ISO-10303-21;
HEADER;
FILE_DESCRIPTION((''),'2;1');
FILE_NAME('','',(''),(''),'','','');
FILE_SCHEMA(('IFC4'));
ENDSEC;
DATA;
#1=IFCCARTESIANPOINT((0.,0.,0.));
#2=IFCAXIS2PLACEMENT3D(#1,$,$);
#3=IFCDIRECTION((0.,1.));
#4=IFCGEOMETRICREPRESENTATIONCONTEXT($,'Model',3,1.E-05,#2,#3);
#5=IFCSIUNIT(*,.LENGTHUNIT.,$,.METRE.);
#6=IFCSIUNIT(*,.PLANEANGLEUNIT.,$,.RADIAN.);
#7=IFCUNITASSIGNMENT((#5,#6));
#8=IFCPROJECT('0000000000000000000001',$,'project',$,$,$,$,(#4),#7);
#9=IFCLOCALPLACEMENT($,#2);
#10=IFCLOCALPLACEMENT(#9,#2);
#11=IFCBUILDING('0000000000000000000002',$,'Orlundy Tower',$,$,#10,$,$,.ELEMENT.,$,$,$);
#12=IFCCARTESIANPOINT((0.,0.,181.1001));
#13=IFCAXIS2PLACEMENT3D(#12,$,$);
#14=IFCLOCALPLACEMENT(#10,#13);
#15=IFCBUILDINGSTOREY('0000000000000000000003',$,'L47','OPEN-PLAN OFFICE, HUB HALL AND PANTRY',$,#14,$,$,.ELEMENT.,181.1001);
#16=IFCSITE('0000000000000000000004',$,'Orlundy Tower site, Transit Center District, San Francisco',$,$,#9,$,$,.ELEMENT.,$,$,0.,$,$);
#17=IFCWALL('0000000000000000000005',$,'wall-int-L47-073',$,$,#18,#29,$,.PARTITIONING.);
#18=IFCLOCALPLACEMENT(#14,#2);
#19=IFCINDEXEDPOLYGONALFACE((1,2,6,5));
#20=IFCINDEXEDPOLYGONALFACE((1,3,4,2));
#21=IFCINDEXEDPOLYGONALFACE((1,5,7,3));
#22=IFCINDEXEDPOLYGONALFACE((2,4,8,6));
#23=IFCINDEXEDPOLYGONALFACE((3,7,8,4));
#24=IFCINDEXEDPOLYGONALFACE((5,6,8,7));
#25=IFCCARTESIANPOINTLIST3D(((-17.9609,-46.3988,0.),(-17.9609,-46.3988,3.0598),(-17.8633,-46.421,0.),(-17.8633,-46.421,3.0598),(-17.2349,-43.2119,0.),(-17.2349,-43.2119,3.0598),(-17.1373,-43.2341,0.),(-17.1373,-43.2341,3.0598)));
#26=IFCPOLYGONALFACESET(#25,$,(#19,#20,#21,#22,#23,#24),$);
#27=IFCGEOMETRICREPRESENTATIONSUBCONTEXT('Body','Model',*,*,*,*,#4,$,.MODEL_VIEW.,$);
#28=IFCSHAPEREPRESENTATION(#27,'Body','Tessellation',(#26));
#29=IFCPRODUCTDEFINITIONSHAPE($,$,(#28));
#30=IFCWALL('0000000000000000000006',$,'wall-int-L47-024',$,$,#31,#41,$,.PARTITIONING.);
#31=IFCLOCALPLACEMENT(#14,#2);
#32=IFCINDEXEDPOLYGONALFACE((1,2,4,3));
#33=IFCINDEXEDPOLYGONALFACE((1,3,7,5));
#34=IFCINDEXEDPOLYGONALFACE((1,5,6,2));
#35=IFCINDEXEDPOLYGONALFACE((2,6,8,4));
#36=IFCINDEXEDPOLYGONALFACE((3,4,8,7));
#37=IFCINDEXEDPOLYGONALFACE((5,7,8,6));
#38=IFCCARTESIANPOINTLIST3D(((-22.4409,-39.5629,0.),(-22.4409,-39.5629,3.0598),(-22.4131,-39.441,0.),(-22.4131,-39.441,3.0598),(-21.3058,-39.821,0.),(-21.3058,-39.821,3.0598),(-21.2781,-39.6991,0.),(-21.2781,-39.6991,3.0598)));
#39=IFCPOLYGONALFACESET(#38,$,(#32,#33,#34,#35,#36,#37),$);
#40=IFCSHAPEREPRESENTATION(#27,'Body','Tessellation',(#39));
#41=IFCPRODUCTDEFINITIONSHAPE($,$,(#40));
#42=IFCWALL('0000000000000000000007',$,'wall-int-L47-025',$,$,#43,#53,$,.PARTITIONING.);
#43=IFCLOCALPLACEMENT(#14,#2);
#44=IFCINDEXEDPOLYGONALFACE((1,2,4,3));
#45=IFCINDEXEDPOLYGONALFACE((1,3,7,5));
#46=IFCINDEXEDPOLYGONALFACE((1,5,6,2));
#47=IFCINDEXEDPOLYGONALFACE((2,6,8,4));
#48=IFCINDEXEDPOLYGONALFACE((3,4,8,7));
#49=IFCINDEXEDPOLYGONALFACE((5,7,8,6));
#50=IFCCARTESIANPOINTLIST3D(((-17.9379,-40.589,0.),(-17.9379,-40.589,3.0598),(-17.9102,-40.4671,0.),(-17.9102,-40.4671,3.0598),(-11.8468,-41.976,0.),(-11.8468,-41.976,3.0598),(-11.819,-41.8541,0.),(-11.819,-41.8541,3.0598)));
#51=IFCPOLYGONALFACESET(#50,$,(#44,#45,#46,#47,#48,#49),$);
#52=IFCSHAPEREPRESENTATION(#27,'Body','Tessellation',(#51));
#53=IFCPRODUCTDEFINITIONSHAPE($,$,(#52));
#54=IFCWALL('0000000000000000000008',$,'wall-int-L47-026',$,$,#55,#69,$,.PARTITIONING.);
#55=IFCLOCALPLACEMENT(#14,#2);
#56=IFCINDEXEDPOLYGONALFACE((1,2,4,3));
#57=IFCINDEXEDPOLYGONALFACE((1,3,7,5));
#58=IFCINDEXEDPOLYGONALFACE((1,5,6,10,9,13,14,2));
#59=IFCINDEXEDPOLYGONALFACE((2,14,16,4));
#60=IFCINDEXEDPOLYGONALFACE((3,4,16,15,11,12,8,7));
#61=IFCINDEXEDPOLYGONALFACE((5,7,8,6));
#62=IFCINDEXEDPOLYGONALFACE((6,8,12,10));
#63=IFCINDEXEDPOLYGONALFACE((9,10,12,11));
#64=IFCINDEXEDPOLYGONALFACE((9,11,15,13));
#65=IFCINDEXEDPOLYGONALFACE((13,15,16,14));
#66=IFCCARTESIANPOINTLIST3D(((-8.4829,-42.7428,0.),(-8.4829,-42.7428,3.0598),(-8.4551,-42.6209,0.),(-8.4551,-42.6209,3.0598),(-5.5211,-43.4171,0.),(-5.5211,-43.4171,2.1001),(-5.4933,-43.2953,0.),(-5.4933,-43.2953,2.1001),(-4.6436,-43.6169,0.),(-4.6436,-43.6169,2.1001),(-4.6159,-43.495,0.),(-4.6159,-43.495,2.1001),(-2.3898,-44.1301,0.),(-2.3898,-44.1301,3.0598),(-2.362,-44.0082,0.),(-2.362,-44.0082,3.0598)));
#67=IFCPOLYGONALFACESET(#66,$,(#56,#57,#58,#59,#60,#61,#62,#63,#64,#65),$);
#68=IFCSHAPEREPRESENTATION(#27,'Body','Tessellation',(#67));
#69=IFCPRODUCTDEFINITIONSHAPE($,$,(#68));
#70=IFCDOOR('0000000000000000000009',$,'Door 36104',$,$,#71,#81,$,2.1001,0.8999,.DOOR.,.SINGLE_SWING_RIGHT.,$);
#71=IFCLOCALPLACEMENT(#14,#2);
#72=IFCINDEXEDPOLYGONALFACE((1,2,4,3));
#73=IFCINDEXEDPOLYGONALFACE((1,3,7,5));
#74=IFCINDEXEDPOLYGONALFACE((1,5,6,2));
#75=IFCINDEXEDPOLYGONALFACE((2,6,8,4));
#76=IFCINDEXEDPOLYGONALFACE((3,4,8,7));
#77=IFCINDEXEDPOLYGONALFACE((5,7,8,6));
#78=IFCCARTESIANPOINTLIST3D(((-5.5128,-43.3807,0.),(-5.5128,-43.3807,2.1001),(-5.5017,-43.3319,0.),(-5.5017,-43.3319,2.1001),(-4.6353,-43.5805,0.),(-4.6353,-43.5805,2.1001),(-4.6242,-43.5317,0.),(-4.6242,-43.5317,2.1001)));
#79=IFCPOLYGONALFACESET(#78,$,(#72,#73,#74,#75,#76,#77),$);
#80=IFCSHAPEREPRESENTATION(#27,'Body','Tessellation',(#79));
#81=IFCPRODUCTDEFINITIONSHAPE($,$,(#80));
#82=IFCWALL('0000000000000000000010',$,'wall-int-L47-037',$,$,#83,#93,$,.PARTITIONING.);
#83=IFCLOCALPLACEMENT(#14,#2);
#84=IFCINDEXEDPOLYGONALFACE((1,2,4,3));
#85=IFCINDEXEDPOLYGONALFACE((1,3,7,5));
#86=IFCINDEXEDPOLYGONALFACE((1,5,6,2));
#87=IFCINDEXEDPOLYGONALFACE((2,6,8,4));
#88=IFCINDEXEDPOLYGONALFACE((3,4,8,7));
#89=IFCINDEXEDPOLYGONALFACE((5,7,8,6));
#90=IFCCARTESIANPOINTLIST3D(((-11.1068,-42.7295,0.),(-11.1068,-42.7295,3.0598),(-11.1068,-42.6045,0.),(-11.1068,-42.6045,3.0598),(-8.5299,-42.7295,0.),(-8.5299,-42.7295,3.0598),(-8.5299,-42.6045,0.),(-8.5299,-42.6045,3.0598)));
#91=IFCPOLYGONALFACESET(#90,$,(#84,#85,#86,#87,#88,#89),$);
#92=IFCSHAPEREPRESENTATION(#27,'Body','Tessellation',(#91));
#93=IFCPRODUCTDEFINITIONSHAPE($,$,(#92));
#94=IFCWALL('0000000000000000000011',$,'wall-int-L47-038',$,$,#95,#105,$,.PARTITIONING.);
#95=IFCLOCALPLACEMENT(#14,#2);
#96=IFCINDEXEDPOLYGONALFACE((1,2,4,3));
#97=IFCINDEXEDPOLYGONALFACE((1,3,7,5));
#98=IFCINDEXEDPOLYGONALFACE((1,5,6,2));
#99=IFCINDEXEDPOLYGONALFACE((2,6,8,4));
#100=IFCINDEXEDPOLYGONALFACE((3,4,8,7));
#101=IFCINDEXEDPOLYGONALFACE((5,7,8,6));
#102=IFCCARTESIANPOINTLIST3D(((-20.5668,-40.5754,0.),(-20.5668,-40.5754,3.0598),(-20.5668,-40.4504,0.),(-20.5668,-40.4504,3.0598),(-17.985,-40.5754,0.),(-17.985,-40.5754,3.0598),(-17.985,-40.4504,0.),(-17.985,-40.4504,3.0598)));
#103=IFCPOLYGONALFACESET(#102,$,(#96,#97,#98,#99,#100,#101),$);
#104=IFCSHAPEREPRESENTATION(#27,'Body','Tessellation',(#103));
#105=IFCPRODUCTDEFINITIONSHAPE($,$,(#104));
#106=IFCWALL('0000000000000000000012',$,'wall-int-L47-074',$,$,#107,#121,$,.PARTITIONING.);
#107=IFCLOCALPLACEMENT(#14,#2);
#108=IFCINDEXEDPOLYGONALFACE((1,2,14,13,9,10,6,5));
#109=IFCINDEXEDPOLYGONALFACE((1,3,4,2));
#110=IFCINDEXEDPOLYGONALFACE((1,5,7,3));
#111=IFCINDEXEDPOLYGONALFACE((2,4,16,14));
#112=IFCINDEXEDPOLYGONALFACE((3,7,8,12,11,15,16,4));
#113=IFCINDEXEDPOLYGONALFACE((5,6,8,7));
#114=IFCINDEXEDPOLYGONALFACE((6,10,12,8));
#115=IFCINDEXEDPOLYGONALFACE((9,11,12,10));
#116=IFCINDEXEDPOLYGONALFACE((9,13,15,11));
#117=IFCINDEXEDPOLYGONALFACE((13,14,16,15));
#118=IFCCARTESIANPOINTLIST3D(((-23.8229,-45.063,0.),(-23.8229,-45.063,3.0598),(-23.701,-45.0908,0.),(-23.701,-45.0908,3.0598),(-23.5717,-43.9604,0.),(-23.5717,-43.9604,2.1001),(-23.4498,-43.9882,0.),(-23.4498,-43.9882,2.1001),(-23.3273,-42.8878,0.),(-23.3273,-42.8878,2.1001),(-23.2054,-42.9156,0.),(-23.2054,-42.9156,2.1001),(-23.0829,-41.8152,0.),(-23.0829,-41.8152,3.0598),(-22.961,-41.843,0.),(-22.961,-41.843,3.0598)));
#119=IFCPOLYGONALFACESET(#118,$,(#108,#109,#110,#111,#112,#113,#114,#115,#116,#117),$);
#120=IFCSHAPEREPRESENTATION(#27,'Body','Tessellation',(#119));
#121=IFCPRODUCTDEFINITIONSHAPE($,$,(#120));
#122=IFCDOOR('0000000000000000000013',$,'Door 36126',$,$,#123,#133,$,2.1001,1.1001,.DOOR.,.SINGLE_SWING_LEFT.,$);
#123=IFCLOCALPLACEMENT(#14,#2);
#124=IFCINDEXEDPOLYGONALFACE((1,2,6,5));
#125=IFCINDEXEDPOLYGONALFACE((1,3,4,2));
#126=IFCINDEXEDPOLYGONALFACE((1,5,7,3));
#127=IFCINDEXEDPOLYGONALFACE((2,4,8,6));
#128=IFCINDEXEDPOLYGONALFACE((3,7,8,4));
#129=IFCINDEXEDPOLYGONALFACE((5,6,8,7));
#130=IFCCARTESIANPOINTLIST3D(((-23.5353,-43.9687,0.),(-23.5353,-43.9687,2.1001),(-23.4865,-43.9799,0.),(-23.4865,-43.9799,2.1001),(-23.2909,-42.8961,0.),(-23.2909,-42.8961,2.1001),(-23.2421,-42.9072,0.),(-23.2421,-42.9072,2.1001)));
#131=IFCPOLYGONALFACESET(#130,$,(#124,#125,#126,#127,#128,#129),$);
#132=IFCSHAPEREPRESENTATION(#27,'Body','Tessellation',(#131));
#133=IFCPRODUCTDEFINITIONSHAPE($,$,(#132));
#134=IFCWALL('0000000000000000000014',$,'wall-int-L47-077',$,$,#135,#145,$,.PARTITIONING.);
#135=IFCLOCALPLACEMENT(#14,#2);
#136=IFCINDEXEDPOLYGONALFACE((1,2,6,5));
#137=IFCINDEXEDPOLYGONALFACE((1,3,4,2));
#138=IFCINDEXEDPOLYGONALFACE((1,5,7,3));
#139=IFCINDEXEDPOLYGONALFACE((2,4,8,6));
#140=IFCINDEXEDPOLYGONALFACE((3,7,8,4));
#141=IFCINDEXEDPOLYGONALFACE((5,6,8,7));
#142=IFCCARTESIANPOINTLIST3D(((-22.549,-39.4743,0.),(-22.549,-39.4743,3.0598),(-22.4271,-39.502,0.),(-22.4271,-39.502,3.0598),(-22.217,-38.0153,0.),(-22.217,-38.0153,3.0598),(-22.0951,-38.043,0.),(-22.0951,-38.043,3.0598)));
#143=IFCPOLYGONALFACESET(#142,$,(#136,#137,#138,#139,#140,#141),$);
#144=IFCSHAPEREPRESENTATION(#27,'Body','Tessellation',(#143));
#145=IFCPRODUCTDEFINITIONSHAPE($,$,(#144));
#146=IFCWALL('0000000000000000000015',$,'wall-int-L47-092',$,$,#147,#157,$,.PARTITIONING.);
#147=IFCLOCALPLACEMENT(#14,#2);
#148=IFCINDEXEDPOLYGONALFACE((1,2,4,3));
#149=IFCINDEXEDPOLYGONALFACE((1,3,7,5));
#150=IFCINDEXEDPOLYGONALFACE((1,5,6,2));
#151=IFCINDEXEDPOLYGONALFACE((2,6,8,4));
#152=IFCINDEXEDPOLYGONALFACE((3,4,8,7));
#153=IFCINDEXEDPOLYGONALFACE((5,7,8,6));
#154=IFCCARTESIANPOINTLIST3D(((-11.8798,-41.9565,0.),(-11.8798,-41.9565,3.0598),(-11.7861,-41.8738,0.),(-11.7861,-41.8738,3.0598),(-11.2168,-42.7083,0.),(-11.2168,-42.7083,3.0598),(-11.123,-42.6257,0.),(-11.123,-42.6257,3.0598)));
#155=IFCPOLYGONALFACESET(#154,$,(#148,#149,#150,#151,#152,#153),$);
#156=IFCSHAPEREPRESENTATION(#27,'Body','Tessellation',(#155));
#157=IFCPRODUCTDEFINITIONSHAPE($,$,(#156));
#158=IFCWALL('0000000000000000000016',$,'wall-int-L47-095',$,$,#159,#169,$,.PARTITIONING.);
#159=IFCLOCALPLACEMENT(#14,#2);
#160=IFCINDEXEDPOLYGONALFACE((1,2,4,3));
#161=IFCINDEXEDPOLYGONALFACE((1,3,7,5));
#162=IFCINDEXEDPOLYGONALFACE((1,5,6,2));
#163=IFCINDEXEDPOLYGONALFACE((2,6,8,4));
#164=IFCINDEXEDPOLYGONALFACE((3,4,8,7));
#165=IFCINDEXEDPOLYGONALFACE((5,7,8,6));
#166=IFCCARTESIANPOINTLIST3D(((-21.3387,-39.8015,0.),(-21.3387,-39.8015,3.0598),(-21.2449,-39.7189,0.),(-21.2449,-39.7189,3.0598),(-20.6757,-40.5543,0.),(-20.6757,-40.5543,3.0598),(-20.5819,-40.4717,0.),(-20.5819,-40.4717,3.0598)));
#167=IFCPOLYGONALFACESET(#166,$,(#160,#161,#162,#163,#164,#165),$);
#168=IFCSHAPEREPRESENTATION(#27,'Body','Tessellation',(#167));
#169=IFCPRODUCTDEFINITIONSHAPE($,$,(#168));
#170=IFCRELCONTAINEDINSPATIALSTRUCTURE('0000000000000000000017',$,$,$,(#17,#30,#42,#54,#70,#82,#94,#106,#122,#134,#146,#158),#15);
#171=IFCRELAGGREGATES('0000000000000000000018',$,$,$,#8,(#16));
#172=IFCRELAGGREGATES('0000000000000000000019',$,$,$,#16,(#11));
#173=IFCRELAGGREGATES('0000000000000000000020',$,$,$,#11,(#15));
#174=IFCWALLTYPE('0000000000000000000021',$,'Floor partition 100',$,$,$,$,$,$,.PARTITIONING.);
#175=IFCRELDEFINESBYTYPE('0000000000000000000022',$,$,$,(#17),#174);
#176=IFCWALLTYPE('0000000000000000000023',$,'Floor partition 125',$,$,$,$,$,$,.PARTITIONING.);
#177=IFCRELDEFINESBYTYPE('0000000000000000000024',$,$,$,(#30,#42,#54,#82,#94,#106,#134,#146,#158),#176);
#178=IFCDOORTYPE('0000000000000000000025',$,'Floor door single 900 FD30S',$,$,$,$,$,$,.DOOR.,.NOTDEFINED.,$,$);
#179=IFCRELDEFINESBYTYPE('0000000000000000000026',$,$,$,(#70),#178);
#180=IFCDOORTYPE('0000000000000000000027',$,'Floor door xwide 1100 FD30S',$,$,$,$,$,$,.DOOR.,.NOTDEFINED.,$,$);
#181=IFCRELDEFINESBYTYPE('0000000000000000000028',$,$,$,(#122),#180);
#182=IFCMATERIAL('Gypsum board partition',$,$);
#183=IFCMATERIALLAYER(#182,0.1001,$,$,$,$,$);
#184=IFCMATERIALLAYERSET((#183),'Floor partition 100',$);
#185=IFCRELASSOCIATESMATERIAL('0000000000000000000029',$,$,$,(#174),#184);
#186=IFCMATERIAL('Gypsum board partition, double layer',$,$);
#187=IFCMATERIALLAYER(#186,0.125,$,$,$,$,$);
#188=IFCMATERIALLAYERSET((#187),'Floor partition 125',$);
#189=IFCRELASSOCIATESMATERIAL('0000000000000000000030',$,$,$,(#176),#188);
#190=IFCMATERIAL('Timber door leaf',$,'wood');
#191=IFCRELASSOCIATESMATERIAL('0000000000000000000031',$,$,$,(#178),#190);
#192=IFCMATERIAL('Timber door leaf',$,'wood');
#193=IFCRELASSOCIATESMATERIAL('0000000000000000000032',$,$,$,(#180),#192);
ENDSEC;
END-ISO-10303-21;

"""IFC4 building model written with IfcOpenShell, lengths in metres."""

from ifc_helpers import new_model, si_unit, direction, frame, frame_2d, origin, place, context, subcontext, project, spatial, rectangle, extrude, material, layer, layer_set, type_object, element, fill, save


model = new_model("IFC4")

# Units and contexts
model_context = context("Model", 3, precision=1e-05, world=origin(), true_north=direction((0.0, 1.0)))
body_context = subcontext(model_context, "Body", "Model", "MODEL_VIEW")
ifc_project = project(units=[si_unit("LENGTHUNIT", "METRE"), si_unit("PLANEANGLEUNIT", "RADIAN")], contexts=[model_context])

# Site, building, storey
site_placement = place(None, origin())
site = spatial("IfcSite", under=ifc_project, at=site_placement, Name="Orlundy Tower site, Transit Center District, San Francisco", CompositionType="ELEMENT", RefElevation=0.0)
building_placement = place(site_placement, origin())
building = spatial("IfcBuilding", under=site, at=building_placement, Name="Orlundy Tower", CompositionType="ELEMENT")
storey_placement = place(building_placement, frame((0.0, 0.0, 181.1001)))
storey = spatial("IfcBuildingStorey", under=building, at=storey_placement, Name="L47", Description="OPEN-PLAN OFFICE, HUB HALL AND PANTRY", CompositionType="ELEMENT", Elevation=181.1001)

# Walls
ifc_material_1 = material(Name="Gypsum board partition")
ifc_layer_1 = layer(ifc_material_1, 0.1001)
ifc_layer_set_1 = layer_set([ifc_layer_1], Name="Floor partition 100")
wall_type_1 = type_object("IfcWallType", Name="Floor partition 100", PredefinedType="PARTITIONING", material=ifc_layer_set_1)
wall_1_placement = place(storey_placement, frame((-17.9121, -46.4099, 0.0), z_axis=(0.0, 0.0, 1.0), x_axis=(0.222131, 0.975017, 0.0)))
element("IfcWall", 1, at=wall_1_placement, inside=storey, type_object=wall_type_1, Name="wall-int-L47-073", PredefinedType="PARTITIONING", context=body_context, shape_type="SweptSolid", body=[
    extrude(rectangle(XDim=3.2686, YDim=0.1001, at=frame_2d((1.6343, 0.0))), origin(), (0.0, 0.0, 1.0), 3.0598),
])
ifc_material_2 = material(Name="Gypsum board partition, double layer")
ifc_layer_2 = layer(ifc_material_2, 0.125)
ifc_layer_set_2 = layer_set([ifc_layer_2], Name="Floor partition 125")
wall_type_2 = type_object("IfcWallType", Name="Floor partition 125", PredefinedType="PARTITIONING", material=ifc_layer_set_2)
wall_2_placement = place(storey_placement, frame((-22.427, -39.502, 0.0), z_axis=(0.0, 0.0, 1.0), x_axis=(0.975114, -0.221703, 0.0)))
element("IfcWall", 2, at=wall_2_placement, inside=storey, type_object=wall_type_2, Name="wall-int-L47-024", PredefinedType="PARTITIONING", context=body_context, shape_type="SweptSolid", body=[
    extrude(rectangle(XDim=1.1641, YDim=0.125, at=frame_2d((0.582, 0.0))), origin(), (0.0, 0.0, 1.0), 3.0598),
])
wall_3_placement = place(storey_placement, frame((-17.9241, -40.5281, 0.0), z_axis=(0.0, 0.0, 1.0), x_axis=(0.975042, -0.222021, 0.0)))
element("IfcWall", 3, at=wall_3_placement, inside=storey, type_object=wall_type_2, Name="wall-int-L47-025", PredefinedType="PARTITIONING", context=body_context, shape_type="SweptSolid", body=[
    extrude(rectangle(XDim=6.2471, YDim=0.125, at=frame_2d((3.1235, 0.0))), origin(), (0.0, 0.0, 1.0), 3.0598),
])

# Wall, opening, door
wall_4_placement = place(storey_placement, frame((-8.469, -42.6819, 0.0), z_axis=(0.0, 0.0, 1.0), x_axis=(0.975049, -0.221991, 0.0)))
wall_4 = element("IfcWall", 4, at=wall_4_placement, inside=storey, type_object=wall_type_2, Name="wall-int-L47-026", PredefinedType="PARTITIONING", context=body_context, shape_type="SweptSolid", body=[
    extrude(rectangle(XDim=6.249, YDim=0.125, at=frame_2d((3.1245, 0.0))), origin(), (0.0, 0.0, 1.0), 3.0598),
])
opening_1_placement = place(wall_4_placement, frame((3.0376, 0.0, 0.0)))
opening_1 = element("IfcOpeningElement", 5, at=opening_1_placement, cuts=wall_4, PredefinedType="OPENING", context=body_context, shape_type="SweptSolid", body=[
    extrude(rectangle(XDim=0.8999, YDim=2.1001, at=frame_2d((0.45, 1.05))), frame((0.0, 0.0725, 0.0), z_axis=(0.0, -1.0, 0.0), x_axis=(1.0, 0.0, 0.0)), (0.0, 0.0, 1.0), 0.145),
])
ifc_material_3 = material(Name="Timber door leaf", Category="wood")
door_type_1 = type_object("IfcDoorType", Name="Floor door single 900 FD30S", OperationType="NOTDEFINED", PredefinedType="DOOR", material=ifc_material_3)
door_1_placement = place(opening_1_placement, origin())
door_1 = element("IfcDoor", 6, at=door_1_placement, inside=storey, type_object=door_type_1, Name="Door 36104", OperationType="SINGLE_SWING_RIGHT", OverallHeight=2.1001, OverallWidth=0.8999, PredefinedType="DOOR", context=body_context, shape_type="SweptSolid", body=[
    extrude(rectangle(XDim=0.8999, YDim=2.1001, at=frame_2d((0.45, 1.05))), frame((0.0, 0.0249, 0.0), z_axis=(0.0, -1.0, 0.0), x_axis=(1.0, 0.0, 0.0)), (0.0, 0.0, 1.0), 0.05),
])
fill(opening_1, door_1)

# Walls
wall_5_placement = place(storey_placement, frame((-11.1069, -42.667, 0.0), z_axis=(0.0, 0.0, 1.0), x_axis=(1.0, 0.0, 0.0)))
element("IfcWall", 7, at=wall_5_placement, inside=storey, type_object=wall_type_2, Name="wall-int-L47-037", PredefinedType="PARTITIONING", context=body_context, shape_type="SweptSolid", body=[
    extrude(rectangle(XDim=2.5769, YDim=0.125, at=frame_2d((1.2886, 0.0))), origin(), (0.0, 0.0, 1.0), 3.0598),
])
wall_6_placement = place(storey_placement, frame((-20.5669, -40.5129, 0.0), z_axis=(0.0, 0.0, 1.0), x_axis=(1.0, 0.0, 0.0)))
element("IfcWall", 8, at=wall_6_placement, inside=storey, type_object=wall_type_2, Name="wall-int-L47-038", PredefinedType="PARTITIONING", context=body_context, shape_type="SweptSolid", body=[
    extrude(rectangle(XDim=2.5818, YDim=0.125, at=frame_2d((1.291, 0.0))), origin(), (0.0, 0.0, 1.0), 3.0598),
])

# Wall, opening, door
wall_7_placement = place(storey_placement, frame((-23.022, -41.8291, 0.0), z_axis=(0.0, 0.0, 1.0), x_axis=(-0.22215, -0.975012, 0.0)))
wall_7 = element("IfcWall", 9, at=wall_7_placement, inside=storey, type_object=wall_type_2, Name="wall-int-L47-074", PredefinedType="PARTITIONING", context=body_context, shape_type="SweptSolid", body=[
    extrude(rectangle(XDim=3.3311, YDim=0.125, at=frame_2d((1.6655, 0.0))), origin(), (0.0, 0.0, 1.0), 3.0598),
])
opening_2_placement = place(wall_7_placement, frame((1.1001, 0.0, 0.0)))
opening_2 = element("IfcOpeningElement", 10, at=opening_2_placement, cuts=wall_7, PredefinedType="OPENING", context=body_context, shape_type="SweptSolid", body=[
    extrude(rectangle(XDim=1.1001, YDim=2.1001, at=frame_2d((0.55, 1.05))), frame((0.0, 0.0725, 0.0), z_axis=(0.0, -1.0, 0.0), x_axis=(1.0, 0.0, 0.0)), (0.0, 0.0, 1.0), 0.145),
])
ifc_material_4 = material(Name="Timber door leaf", Category="wood")
door_type_2 = type_object("IfcDoorType", Name="Floor door xwide 1100 FD30S", OperationType="NOTDEFINED", PredefinedType="DOOR", material=ifc_material_4)
door_2_placement = place(opening_2_placement, origin())
door_2 = element("IfcDoor", 11, at=door_2_placement, inside=storey, type_object=door_type_2, Name="Door 36126", OperationType="SINGLE_SWING_LEFT", OverallHeight=2.1001, OverallWidth=1.1001, PredefinedType="DOOR", context=body_context, shape_type="SweptSolid", body=[
    extrude(rectangle(XDim=1.1001, YDim=2.1001, at=frame_2d((0.55, 1.05))), frame((0.0, 0.0249, 0.0), z_axis=(0.0, -1.0, 0.0), x_axis=(1.0, 0.0, 0.0)), (0.0, 0.0, 1.0), 0.05),
])
fill(opening_2, door_2)

# Walls
wall_8_placement = place(storey_placement, frame((-22.488, -39.488, 0.0), z_axis=(0.0, 0.0, 1.0), x_axis=(0.221903, 0.975069, 0.0)))
element("IfcWall", 12, at=wall_8_placement, inside=storey, type_object=wall_type_2, Name="wall-int-L47-077", PredefinedType="PARTITIONING", context=body_context, shape_type="SweptSolid", body=[
    extrude(rectangle(XDim=1.4963, YDim=0.125, at=frame_2d((0.748, 0.0))), origin(), (0.0, 0.0, 1.0), 3.0598),
])
wall_9_placement = place(storey_placement, frame((-11.1699, -42.667, 0.0), z_axis=(0.0, 0.0, 1.0), x_axis=(-0.661396, 0.750037, 0.0)))
element("IfcWall", 13, at=wall_9_placement, inside=storey, type_object=wall_type_2, Name="wall-int-L47-092", PredefinedType="PARTITIONING", context=body_context, shape_type="SweptSolid", body=[
    extrude(rectangle(XDim=1.0024, YDim=0.125, at=frame_2d((0.5012, 0.0))), origin(), (0.0, 0.0, 1.0), 3.0598),
])
wall_10_placement = place(storey_placement, frame((-20.6289, -40.5129, 0.0), z_axis=(0.0, 0.0, 1.0), x_axis=(-0.660913, 0.750462, 0.0)))
element("IfcWall", 14, at=wall_10_placement, inside=storey, type_object=wall_type_2, Name="wall-int-L47-095", PredefinedType="PARTITIONING", context=body_context, shape_type="SweptSolid", body=[
    extrude(rectangle(XDim=1.0032, YDim=0.125, at=frame_2d((0.5015, 0.0))), origin(), (0.0, 0.0, 1.0), 3.0598),
])

save(model, "model.ifc")
